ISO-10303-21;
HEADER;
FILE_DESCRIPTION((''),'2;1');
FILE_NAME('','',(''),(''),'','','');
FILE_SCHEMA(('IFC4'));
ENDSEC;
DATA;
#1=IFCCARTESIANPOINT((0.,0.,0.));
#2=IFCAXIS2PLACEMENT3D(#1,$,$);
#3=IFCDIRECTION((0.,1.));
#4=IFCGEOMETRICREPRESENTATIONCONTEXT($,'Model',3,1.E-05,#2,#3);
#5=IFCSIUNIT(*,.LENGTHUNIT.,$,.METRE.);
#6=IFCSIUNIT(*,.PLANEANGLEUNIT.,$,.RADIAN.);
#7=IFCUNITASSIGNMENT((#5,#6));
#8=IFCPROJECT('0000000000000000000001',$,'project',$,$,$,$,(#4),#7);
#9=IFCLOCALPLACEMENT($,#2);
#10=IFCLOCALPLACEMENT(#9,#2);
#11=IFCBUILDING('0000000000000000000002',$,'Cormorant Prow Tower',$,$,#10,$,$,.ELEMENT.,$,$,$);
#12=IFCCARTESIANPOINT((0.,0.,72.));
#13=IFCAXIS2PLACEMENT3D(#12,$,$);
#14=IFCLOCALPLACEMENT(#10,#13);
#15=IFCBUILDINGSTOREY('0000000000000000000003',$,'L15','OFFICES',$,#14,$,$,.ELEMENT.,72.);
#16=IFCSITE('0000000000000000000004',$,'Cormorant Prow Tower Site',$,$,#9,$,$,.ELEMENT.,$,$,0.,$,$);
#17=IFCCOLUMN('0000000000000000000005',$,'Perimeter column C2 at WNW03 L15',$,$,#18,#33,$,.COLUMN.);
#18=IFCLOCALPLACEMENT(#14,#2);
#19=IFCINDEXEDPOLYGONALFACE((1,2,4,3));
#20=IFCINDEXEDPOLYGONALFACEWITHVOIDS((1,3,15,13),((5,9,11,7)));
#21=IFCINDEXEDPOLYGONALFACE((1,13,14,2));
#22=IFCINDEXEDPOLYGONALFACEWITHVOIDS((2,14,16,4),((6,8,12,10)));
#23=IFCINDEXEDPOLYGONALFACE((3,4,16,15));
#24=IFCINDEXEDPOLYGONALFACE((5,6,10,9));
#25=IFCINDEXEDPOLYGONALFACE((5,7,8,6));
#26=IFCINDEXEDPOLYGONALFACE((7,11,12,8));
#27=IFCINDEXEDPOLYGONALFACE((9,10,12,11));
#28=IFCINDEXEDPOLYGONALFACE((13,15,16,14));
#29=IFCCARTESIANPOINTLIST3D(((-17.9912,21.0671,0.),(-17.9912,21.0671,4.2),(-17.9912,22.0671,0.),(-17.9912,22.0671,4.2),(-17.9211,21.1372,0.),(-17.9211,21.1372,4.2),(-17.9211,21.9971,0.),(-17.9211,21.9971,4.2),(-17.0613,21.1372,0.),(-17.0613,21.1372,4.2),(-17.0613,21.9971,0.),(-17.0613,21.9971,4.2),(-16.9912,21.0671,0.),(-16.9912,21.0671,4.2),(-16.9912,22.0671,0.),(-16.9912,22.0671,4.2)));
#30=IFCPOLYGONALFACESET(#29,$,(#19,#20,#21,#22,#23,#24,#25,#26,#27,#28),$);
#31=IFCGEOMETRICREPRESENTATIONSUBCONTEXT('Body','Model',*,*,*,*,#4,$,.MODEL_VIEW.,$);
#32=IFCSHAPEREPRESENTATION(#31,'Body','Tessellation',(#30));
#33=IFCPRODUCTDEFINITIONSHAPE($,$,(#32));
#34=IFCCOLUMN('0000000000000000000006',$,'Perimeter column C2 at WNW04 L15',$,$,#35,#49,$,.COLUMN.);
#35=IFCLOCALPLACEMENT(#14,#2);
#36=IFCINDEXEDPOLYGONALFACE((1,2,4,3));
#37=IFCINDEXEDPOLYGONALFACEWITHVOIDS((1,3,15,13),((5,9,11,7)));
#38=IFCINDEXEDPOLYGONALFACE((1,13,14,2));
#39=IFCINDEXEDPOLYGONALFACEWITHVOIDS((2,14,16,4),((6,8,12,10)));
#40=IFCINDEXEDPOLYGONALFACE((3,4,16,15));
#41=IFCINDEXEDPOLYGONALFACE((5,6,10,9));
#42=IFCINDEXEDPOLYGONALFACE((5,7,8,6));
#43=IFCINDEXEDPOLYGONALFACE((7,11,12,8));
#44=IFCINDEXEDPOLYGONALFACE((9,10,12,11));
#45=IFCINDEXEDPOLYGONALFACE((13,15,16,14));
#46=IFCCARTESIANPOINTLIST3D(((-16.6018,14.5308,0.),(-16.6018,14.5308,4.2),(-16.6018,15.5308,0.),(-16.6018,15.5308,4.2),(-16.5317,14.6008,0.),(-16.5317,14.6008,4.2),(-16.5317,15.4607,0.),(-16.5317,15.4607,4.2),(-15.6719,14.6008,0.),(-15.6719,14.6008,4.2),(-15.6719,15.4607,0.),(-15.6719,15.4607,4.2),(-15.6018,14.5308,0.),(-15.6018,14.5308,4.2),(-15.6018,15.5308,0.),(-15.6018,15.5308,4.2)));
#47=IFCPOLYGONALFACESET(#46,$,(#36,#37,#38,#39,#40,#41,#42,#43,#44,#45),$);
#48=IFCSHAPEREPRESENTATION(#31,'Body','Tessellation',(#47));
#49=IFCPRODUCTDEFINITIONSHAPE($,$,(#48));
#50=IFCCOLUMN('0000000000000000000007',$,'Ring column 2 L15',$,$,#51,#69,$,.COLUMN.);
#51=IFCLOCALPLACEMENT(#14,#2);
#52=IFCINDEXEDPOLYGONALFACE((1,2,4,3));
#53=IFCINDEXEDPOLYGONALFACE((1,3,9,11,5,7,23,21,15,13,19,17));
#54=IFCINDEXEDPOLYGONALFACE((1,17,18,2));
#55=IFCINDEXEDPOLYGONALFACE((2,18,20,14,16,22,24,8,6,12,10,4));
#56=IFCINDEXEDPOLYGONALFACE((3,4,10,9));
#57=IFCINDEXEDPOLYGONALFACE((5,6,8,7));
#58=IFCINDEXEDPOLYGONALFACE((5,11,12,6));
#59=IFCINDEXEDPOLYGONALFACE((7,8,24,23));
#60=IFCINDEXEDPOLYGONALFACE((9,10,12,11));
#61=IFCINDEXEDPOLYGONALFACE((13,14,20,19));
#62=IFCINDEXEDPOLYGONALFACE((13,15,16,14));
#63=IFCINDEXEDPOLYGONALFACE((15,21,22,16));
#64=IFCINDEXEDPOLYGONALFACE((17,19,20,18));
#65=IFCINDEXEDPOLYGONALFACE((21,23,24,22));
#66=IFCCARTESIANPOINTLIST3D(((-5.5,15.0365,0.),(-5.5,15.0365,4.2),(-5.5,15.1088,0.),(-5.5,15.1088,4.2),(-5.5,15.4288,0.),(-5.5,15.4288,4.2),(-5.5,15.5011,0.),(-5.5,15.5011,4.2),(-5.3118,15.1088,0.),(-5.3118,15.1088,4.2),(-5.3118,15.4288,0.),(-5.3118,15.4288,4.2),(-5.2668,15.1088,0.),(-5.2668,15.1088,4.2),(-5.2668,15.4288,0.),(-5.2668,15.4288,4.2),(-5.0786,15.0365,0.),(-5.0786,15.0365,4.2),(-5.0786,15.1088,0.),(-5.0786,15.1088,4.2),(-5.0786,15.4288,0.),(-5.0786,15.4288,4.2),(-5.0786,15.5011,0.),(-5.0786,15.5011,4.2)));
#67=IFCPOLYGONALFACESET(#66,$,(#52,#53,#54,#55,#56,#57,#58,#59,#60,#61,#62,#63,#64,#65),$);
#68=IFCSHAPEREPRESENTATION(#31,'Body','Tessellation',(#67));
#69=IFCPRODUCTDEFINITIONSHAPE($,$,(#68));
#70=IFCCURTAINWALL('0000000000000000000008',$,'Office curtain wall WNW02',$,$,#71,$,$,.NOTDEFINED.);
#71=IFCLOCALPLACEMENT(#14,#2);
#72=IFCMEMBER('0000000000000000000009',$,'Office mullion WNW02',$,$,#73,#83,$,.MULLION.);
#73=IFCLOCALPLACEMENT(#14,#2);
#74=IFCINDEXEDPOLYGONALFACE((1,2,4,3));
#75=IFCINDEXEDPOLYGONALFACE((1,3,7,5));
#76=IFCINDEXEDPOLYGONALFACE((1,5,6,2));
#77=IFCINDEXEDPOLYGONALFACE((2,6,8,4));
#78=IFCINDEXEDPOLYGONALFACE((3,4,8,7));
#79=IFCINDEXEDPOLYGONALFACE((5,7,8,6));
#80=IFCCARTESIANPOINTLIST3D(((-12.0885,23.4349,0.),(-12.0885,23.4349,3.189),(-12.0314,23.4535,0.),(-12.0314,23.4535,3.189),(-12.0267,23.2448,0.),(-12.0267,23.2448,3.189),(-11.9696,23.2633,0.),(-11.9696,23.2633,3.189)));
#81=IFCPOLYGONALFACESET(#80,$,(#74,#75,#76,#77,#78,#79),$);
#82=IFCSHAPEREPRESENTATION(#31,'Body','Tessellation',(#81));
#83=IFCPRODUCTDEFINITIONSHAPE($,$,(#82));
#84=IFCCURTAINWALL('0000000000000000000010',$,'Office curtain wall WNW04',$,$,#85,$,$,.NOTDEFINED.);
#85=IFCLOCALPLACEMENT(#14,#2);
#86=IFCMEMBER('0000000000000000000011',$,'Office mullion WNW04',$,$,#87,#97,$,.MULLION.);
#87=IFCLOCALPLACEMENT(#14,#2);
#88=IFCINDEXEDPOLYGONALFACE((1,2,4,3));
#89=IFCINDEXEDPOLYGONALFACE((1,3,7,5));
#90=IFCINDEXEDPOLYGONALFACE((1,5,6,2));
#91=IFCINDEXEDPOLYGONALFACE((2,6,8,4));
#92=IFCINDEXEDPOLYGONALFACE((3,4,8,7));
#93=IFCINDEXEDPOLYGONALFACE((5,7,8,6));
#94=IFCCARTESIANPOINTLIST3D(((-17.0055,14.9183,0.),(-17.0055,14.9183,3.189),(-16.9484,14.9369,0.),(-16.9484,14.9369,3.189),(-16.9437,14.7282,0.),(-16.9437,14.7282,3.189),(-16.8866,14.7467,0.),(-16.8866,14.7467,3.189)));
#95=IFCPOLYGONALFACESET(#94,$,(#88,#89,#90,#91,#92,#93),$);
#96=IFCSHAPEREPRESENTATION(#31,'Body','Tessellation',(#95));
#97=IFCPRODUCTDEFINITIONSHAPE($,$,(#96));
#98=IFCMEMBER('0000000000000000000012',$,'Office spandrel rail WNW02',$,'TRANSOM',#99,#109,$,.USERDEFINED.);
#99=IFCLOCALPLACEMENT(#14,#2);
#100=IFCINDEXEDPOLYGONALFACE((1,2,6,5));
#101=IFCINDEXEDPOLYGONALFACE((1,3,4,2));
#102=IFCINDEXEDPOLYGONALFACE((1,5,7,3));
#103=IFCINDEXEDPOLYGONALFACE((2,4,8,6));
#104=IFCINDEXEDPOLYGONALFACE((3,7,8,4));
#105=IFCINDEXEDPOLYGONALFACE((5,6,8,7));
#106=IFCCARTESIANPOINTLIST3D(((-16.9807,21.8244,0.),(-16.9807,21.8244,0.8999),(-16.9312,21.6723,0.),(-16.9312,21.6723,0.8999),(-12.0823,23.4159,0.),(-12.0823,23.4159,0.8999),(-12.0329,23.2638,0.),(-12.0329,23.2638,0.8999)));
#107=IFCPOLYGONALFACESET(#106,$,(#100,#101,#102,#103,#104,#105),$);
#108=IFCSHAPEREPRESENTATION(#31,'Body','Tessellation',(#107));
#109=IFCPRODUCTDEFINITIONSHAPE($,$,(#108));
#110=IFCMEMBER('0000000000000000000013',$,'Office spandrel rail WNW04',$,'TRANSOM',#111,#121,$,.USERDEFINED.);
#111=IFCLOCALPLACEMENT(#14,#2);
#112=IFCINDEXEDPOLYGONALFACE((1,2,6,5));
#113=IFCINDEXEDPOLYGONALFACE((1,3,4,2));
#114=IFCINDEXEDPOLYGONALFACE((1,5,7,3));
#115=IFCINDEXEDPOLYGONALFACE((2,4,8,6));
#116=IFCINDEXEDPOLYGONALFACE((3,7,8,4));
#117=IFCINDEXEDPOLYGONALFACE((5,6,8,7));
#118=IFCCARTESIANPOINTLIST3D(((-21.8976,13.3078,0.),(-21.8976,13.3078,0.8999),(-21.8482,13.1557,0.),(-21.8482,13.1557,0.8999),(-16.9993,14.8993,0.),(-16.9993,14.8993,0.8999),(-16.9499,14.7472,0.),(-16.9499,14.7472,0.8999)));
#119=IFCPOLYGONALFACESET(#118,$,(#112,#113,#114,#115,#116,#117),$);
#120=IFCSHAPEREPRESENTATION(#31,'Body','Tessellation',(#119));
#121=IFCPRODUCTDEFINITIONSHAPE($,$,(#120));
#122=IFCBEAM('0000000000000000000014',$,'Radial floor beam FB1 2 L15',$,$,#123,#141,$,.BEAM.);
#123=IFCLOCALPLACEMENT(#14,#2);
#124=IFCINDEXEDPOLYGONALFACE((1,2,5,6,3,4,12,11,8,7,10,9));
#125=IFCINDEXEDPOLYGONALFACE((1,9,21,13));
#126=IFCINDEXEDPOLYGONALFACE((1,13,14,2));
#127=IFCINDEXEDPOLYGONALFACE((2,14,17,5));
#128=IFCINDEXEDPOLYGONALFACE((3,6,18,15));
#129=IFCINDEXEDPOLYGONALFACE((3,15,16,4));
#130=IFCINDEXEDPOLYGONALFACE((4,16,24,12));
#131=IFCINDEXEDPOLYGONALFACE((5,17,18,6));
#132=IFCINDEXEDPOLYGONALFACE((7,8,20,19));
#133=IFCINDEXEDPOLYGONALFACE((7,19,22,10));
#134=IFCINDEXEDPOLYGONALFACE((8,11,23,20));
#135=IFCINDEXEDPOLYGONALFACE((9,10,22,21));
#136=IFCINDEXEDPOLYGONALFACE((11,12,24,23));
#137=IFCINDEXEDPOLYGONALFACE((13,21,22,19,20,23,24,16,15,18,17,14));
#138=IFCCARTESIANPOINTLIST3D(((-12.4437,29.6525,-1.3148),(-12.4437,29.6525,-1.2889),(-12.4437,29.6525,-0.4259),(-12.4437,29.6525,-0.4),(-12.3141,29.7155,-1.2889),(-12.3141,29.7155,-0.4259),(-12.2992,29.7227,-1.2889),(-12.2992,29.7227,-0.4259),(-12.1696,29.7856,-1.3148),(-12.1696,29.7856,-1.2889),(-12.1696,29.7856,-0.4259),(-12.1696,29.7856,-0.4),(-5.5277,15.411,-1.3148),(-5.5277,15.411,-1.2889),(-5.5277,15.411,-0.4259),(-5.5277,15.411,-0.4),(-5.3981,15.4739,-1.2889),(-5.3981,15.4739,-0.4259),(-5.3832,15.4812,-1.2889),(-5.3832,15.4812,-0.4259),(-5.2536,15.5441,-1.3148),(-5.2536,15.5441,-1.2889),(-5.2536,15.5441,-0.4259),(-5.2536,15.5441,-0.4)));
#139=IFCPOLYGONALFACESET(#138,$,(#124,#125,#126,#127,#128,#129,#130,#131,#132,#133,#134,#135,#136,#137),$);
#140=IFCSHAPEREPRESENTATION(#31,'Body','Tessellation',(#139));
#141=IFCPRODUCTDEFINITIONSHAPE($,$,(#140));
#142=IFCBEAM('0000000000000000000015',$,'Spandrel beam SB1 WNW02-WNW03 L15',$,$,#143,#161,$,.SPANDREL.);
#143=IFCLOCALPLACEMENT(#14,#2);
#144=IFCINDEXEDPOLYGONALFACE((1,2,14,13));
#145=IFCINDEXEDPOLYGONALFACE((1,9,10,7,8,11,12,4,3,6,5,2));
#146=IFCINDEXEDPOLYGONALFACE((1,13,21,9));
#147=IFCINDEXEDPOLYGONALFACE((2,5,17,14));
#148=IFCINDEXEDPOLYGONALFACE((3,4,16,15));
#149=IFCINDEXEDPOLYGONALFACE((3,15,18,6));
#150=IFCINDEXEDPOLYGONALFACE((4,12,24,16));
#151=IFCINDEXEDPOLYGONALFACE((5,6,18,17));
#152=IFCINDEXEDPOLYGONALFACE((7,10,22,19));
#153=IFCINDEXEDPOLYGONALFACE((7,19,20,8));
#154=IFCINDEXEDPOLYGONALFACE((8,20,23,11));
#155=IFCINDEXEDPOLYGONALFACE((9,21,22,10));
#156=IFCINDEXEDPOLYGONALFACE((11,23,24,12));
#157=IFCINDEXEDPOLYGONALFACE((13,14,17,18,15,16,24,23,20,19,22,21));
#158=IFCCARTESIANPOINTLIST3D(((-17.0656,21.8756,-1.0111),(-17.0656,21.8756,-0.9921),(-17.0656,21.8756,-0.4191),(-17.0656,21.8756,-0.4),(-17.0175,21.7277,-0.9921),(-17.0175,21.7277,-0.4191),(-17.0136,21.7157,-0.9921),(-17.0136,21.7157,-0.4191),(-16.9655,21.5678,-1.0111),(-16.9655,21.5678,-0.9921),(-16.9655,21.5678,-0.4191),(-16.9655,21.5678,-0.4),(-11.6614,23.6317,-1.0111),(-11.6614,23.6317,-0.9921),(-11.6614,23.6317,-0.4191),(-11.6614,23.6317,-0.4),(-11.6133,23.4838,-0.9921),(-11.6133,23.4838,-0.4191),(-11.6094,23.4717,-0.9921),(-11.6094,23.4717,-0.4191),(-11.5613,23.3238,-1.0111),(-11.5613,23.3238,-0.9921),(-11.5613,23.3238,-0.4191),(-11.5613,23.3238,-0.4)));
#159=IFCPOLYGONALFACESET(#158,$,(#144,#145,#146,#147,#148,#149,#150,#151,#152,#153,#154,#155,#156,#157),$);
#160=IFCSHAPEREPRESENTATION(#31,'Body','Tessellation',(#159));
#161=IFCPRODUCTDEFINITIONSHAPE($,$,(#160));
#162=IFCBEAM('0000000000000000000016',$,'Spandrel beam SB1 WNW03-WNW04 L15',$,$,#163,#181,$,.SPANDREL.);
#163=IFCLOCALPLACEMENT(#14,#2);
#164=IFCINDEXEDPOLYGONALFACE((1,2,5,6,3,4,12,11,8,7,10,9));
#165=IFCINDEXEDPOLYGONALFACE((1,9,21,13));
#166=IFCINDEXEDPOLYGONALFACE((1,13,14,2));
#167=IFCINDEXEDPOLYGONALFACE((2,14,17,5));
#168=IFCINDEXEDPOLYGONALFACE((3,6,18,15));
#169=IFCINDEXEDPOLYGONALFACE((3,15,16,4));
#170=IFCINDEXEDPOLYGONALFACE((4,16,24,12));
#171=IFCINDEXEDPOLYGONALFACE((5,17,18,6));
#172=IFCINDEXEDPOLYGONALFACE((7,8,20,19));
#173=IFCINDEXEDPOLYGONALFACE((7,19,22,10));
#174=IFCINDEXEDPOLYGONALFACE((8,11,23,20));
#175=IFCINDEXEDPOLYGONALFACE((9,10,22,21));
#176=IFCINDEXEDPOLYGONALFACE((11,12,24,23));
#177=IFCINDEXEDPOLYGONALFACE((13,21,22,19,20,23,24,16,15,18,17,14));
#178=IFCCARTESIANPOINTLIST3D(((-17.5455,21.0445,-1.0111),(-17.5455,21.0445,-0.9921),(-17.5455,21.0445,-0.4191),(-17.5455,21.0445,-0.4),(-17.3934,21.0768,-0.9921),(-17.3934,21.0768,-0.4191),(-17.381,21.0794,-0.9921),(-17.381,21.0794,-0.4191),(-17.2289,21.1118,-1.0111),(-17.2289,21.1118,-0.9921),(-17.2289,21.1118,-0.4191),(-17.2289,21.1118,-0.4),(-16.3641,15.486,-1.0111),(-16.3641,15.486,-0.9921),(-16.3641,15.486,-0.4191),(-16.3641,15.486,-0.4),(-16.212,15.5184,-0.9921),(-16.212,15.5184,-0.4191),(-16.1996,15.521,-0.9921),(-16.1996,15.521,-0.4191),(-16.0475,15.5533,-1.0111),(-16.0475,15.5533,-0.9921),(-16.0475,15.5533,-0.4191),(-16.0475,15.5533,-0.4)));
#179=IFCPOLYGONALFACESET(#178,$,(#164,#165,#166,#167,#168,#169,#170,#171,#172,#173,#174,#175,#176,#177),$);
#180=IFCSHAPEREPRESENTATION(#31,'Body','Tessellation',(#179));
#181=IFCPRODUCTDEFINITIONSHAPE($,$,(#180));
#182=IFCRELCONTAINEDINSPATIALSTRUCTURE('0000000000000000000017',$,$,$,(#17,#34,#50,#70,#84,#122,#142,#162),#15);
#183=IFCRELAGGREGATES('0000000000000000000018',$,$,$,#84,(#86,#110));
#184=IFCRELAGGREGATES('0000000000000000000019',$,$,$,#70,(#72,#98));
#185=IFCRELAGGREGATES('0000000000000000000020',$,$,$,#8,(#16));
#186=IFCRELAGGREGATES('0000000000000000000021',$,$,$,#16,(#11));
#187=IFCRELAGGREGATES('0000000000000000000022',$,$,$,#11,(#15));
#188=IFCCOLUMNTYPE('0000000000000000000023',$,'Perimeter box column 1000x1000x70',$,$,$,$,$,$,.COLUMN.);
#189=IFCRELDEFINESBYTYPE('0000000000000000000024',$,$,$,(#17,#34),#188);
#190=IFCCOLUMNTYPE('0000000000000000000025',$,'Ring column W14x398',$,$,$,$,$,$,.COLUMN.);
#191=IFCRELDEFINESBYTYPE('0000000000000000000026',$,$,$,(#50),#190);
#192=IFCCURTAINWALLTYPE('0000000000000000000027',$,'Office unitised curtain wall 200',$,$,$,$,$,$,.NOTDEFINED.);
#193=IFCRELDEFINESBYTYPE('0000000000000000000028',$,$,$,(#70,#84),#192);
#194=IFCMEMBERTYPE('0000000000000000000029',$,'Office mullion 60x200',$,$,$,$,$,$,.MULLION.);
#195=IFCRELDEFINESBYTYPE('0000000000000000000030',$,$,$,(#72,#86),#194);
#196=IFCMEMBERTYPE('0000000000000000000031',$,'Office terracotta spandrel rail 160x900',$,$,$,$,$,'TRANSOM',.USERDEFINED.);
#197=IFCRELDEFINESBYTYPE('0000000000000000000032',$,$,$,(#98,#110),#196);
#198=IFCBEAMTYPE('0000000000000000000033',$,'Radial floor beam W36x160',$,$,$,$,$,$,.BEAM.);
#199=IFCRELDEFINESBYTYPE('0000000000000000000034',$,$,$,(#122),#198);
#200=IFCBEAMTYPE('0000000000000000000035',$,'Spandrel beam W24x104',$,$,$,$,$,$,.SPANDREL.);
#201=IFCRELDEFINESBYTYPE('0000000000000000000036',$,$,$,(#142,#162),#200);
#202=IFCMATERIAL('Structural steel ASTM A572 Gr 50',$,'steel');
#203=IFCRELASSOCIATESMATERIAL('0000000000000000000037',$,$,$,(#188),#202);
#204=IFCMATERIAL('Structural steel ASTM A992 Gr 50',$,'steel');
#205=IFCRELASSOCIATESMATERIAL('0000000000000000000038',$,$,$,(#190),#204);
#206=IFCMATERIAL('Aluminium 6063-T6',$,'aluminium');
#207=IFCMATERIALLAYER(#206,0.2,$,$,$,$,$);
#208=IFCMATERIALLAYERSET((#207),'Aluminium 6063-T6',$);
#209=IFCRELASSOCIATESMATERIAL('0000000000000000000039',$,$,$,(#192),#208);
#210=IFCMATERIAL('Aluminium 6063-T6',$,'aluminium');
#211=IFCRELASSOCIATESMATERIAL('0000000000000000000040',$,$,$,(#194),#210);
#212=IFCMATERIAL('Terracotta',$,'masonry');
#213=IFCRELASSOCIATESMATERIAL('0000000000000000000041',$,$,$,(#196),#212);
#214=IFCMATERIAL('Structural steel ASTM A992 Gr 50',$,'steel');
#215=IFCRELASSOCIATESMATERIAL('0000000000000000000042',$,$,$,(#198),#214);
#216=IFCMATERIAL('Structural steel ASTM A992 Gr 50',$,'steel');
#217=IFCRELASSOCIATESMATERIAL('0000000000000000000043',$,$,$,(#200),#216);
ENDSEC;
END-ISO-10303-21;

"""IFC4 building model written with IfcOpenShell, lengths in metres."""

from ifc_helpers import new_model, si_unit, direction, frame, origin, origin_2d, place, context, subcontext, project, spatial, rectangle, hollow_rectangle, i_section, extrude, material, layer, layer_set, material_profile, profile_set, type_object, element, aggregate, save


model = new_model("IFC4")

# Units and contexts
model_context = context("Model", 3, precision=1e-05, world=origin(), true_north=direction((0.0, 1.0)))
body_context = subcontext(model_context, "Body", "Model", "MODEL_VIEW")
ifc_project = project(units=[si_unit("LENGTHUNIT", "METRE"), si_unit("PLANEANGLEUNIT", "RADIAN")], contexts=[model_context])

# Site, building, storey
site_placement = place(None, origin())
site = spatial("IfcSite", under=ifc_project, at=site_placement, Name="Cormorant Prow Tower Site", CompositionType="ELEMENT", RefElevation=0.0)
building_placement = place(site_placement, origin())
building = spatial("IfcBuilding", under=site, at=building_placement, Name="Cormorant Prow Tower", CompositionType="ELEMENT")
storey_placement = place(building_placement, frame((0.0, 0.0, 72.0)))
storey = spatial("IfcBuildingStorey", under=building, at=storey_placement, Name="L15", Description="OFFICES", CompositionType="ELEMENT", Elevation=72.0)

# Columns
ifc_material_1 = material(Name="Structural steel ASTM A572 Gr 50", Category="steel")
ifc_material_profile_1 = material_profile(ifc_material_1, hollow_rectangle(XDim=1.0, YDim=1.0, WallThickness=0.0701, at=origin_2d()), Name="Box 1000x1000x70")
ifc_profile_set_1 = profile_set([ifc_material_profile_1], Name="Structural steel ASTM A572 Gr 50")
column_type_1 = type_object("IfcColumnType", Name="Perimeter box column 1000x1000x70", PredefinedType="COLUMN", material=ifc_profile_set_1)
for number, where, z_axis, x_axis, name in (
    (1, (-17.4912, 21.5671, 0.0), (0.0, 0.0, 1.0), (1.0, 0.0, 0.0), "Perimeter column C2 at WNW03 L15"),
    (2, (-16.1018, 15.0308, 0.0), (0.0, 0.0, 1.0), (1.0, 0.0, 0.0), "Perimeter column C2 at WNW04 L15"),
):
    element("IfcColumn", number, at=place(storey_placement, frame(where, z_axis=z_axis, x_axis=x_axis)), inside=storey, type_object=column_type_1, Name=name, PredefinedType="COLUMN", context=body_context, shape_type="SweptSolid", body=[
        extrude(hollow_rectangle(XDim=1.0, YDim=1.0, WallThickness=0.0701, at=origin_2d()), origin(), (0.0, 0.0, 1.0), 4.2),
    ])
ifc_material_2 = material(Name="Structural steel ASTM A992 Gr 50", Category="steel")
ifc_material_profile_2 = material_profile(ifc_material_2, i_section(OverallWidth=0.4214, OverallDepth=0.4646, WebThickness=0.0449, FlangeThickness=0.0723, at=origin_2d()), Name="W14x398")
ifc_profile_set_2 = profile_set([ifc_material_profile_2], Name="Structural steel ASTM A992 Gr 50")
column_type_2 = type_object("IfcColumnType", Name="Ring column W14x398", PredefinedType="COLUMN", material=ifc_profile_set_2)
column_placement = place(storey_placement, frame((-5.2893, 15.2688, 0.0), z_axis=(0.0, 0.0, 1.0), x_axis=(1.0, 0.0, 0.0)))
element("IfcColumn", 3, at=column_placement, inside=storey, type_object=column_type_2, Name="Ring column 2 L15", PredefinedType="COLUMN", context=body_context, shape_type="SweptSolid", body=[
    extrude(i_section(OverallWidth=0.4214, OverallDepth=0.4646, WebThickness=0.0449, FlangeThickness=0.0723, at=origin_2d()), origin(), (0.0, 0.0, 1.0), 4.2),
])

# Curtain walls, members
ifc_material_3 = material(Name="Aluminium 6063-T6", Category="aluminium")
ifc_layer_1 = layer(ifc_material_3, 0.2)
ifc_layer_set_1 = layer_set([ifc_layer_1], Name="Aluminium 6063-T6")
curtain_wall_type = type_object("IfcCurtainWallType", Name="Office unitised curtain wall 200", PredefinedType="NOTDEFINED", material=ifc_layer_set_1)
curtain_wall_1_placement = place(storey_placement, origin())
curtain_wall_1 = element("IfcCurtainWall", 4, at=curtain_wall_1_placement, inside=storey, type_object=curtain_wall_type, Name="Office curtain wall WNW02", PredefinedType="NOTDEFINED")
ifc_material_4 = material(Name="Aluminium 6063-T6", Category="aluminium")
ifc_material_profile_3 = material_profile(ifc_material_4, rectangle(XDim=0.2, YDim=0.0601, at=origin_2d()), Name="Office mullion 60x200")
ifc_profile_set_3 = profile_set([ifc_material_profile_3], Name="Aluminium 6063-T6")
member_type_1 = type_object("IfcMemberType", Name="Office mullion 60x200", PredefinedType="MULLION", material=ifc_profile_set_3)
member_1_placement = place(storey_placement, frame((-12.0291, 23.3491, 0.0), z_axis=(0.0, 0.0, 1.0), x_axis=(0.309017, -0.951057, 0.0)))
member_1 = element("IfcMember", 5, at=member_1_placement, type_object=member_type_1, Name="Office mullion WNW02", PredefinedType="MULLION", context=body_context, shape_type="SweptSolid", body=[
    extrude(rectangle(XDim=0.2, YDim=0.0601, at=origin_2d()), origin(), (0.0, 0.0, 1.0), 3.189),
])
curtain_wall_2_placement = place(storey_placement, origin())
curtain_wall_2 = element("IfcCurtainWall", 6, at=curtain_wall_2_placement, inside=storey, type_object=curtain_wall_type, Name="Office curtain wall WNW04", PredefinedType="NOTDEFINED")
member_2_placement = place(storey_placement, frame((-16.946, 14.8325, 0.0), z_axis=(0.0, 0.0, 1.0), x_axis=(0.309017, -0.951057, 0.0)))
member_2 = element("IfcMember", 7, at=member_2_placement, type_object=member_type_1, Name="Office mullion WNW04", PredefinedType="MULLION", context=body_context, shape_type="SweptSolid", body=[
    extrude(rectangle(XDim=0.2, YDim=0.0601, at=origin_2d()), origin(), (0.0, 0.0, 1.0), 3.189),
])

# Members
ifc_material_5 = material(Name="Terracotta", Category="masonry")
ifc_material_profile_4 = material_profile(ifc_material_5, rectangle(XDim=0.1599, YDim=0.8999, at=origin_2d()), Name="Office terracotta spandrel rail 160x900")
ifc_profile_set_4 = profile_set([ifc_material_profile_4], Name="Terracotta")
member_type_2 = type_object("IfcMemberType", Name="Office terracotta spandrel rail 160x900", ElementType="TRANSOM", PredefinedType="USERDEFINED", material=ifc_profile_set_4)
member_3_placement = place(storey_placement, frame((-12.0576, 23.3398, 0.45), z_axis=(-0.951059, -0.309009, 0.0), x_axis=(0.309009, -0.951059, 0.0)))
member_3 = element("IfcMember", 8, at=member_3_placement, type_object=member_type_2, Name="Office spandrel rail WNW02", ObjectType="TRANSOM", PredefinedType="USERDEFINED", context=body_context, shape_type="SweptSolid", body=[
    extrude(rectangle(XDim=0.1599, YDim=0.8999, at=origin_2d()), origin(), (0.0, 0.0, 1.0), 5.1504),
])
member_4_placement = place(storey_placement, frame((-16.9746, 14.8232, 0.45), z_axis=(-0.951059, -0.309009, 0.0), x_axis=(0.309009, -0.951059, 0.0)))
member_4 = element("IfcMember", 9, at=member_4_placement, type_object=member_type_2, Name="Office spandrel rail WNW04", ObjectType="TRANSOM", PredefinedType="USERDEFINED", context=body_context, shape_type="SweptSolid", body=[
    extrude(rectangle(XDim=0.1599, YDim=0.8999, at=origin_2d()), origin(), (0.0, 0.0, 1.0), 5.1504),
])
aggregate(curtain_wall_2, [member_2, member_4])

# Beams
ifc_material_6 = material(Name="Structural steel ASTM A992 Gr 50", Category="steel")
ifc_material_profile_5 = material_profile(ifc_material_6, i_section(OverallWidth=0.3047, OverallDepth=0.9148, WebThickness=0.0166, FlangeThickness=0.0259, at=origin_2d()), Name="W36x160")
ifc_profile_set_5 = profile_set([ifc_material_profile_5], Name="Structural steel ASTM A992 Gr 50")
beam_type_1 = type_object("IfcBeamType", Name="Radial floor beam W36x160", PredefinedType="BEAM", material=ifc_profile_set_5)
beam_1_placement = place(storey_placement, frame((-5.3906, 15.4775, -0.8574), z_axis=(-0.436839, 0.899539, 0.0), x_axis=(-0.899539, -0.436839, 0.0)))
element("IfcBeam", 10, at=beam_1_placement, inside=storey, type_object=beam_type_1, Name="Radial floor beam FB1 2 L15", PredefinedType="BEAM", context=body_context, shape_type="SweptSolid", body=[
    extrude(i_section(OverallWidth=0.3047, OverallDepth=0.9148, WebThickness=0.0166, FlangeThickness=0.0259, at=origin_2d()), origin(), (0.0, 0.0, 1.0), 15.832),
])
ifc_material_7 = material(Name="Structural steel ASTM A992 Gr 50", Category="steel")
ifc_material_profile_6 = material_profile(ifc_material_7, i_section(OverallWidth=0.3237, OverallDepth=0.6111, WebThickness=0.0127, FlangeThickness=0.019, at=origin_2d()), Name="W24x104")
ifc_profile_set_6 = profile_set([ifc_material_profile_6], Name="Structural steel ASTM A992 Gr 50")
beam_type_2 = type_object("IfcBeamType", Name="Spandrel beam W24x104", PredefinedType="SPANDREL", material=ifc_profile_set_6)
beam_2_placement = place(storey_placement, frame((-11.6113, 23.4778, -0.7056), z_axis=(-0.951049, -0.309039, 0.0), x_axis=(0.309039, -0.951049, 0.0)))
element("IfcBeam", 11, at=beam_2_placement, inside=storey, type_object=beam_type_2, Name="Spandrel beam SB1 WNW02-WNW03 L15", PredefinedType="SPANDREL", context=body_context, shape_type="SweptSolid", body=[
    extrude(i_section(OverallWidth=0.3237, OverallDepth=0.6111, WebThickness=0.0127, FlangeThickness=0.019, at=origin_2d()), origin(), (0.0, 0.0, 1.0), 5.6824),
])
beam_3_placement = place(storey_placement, frame((-17.3872, 21.0781, -0.7056), z_axis=(0.2079, -0.97815, 0.0), x_axis=(0.97815, 0.2079, 0.0)))
element("IfcBeam", 12, at=beam_3_placement, inside=storey, type_object=beam_type_2, Name="Spandrel beam SB1 WNW03-WNW04 L15", PredefinedType="SPANDREL", context=body_context, shape_type="SweptSolid", body=[
    extrude(i_section(OverallWidth=0.3237, OverallDepth=0.6111, WebThickness=0.0127, FlangeThickness=0.019, at=origin_2d()), origin(), (0.0, 0.0, 1.0), 5.6826),
])

aggregate(curtain_wall_1, [member_1, member_3])

save(model, "model.ifc")
